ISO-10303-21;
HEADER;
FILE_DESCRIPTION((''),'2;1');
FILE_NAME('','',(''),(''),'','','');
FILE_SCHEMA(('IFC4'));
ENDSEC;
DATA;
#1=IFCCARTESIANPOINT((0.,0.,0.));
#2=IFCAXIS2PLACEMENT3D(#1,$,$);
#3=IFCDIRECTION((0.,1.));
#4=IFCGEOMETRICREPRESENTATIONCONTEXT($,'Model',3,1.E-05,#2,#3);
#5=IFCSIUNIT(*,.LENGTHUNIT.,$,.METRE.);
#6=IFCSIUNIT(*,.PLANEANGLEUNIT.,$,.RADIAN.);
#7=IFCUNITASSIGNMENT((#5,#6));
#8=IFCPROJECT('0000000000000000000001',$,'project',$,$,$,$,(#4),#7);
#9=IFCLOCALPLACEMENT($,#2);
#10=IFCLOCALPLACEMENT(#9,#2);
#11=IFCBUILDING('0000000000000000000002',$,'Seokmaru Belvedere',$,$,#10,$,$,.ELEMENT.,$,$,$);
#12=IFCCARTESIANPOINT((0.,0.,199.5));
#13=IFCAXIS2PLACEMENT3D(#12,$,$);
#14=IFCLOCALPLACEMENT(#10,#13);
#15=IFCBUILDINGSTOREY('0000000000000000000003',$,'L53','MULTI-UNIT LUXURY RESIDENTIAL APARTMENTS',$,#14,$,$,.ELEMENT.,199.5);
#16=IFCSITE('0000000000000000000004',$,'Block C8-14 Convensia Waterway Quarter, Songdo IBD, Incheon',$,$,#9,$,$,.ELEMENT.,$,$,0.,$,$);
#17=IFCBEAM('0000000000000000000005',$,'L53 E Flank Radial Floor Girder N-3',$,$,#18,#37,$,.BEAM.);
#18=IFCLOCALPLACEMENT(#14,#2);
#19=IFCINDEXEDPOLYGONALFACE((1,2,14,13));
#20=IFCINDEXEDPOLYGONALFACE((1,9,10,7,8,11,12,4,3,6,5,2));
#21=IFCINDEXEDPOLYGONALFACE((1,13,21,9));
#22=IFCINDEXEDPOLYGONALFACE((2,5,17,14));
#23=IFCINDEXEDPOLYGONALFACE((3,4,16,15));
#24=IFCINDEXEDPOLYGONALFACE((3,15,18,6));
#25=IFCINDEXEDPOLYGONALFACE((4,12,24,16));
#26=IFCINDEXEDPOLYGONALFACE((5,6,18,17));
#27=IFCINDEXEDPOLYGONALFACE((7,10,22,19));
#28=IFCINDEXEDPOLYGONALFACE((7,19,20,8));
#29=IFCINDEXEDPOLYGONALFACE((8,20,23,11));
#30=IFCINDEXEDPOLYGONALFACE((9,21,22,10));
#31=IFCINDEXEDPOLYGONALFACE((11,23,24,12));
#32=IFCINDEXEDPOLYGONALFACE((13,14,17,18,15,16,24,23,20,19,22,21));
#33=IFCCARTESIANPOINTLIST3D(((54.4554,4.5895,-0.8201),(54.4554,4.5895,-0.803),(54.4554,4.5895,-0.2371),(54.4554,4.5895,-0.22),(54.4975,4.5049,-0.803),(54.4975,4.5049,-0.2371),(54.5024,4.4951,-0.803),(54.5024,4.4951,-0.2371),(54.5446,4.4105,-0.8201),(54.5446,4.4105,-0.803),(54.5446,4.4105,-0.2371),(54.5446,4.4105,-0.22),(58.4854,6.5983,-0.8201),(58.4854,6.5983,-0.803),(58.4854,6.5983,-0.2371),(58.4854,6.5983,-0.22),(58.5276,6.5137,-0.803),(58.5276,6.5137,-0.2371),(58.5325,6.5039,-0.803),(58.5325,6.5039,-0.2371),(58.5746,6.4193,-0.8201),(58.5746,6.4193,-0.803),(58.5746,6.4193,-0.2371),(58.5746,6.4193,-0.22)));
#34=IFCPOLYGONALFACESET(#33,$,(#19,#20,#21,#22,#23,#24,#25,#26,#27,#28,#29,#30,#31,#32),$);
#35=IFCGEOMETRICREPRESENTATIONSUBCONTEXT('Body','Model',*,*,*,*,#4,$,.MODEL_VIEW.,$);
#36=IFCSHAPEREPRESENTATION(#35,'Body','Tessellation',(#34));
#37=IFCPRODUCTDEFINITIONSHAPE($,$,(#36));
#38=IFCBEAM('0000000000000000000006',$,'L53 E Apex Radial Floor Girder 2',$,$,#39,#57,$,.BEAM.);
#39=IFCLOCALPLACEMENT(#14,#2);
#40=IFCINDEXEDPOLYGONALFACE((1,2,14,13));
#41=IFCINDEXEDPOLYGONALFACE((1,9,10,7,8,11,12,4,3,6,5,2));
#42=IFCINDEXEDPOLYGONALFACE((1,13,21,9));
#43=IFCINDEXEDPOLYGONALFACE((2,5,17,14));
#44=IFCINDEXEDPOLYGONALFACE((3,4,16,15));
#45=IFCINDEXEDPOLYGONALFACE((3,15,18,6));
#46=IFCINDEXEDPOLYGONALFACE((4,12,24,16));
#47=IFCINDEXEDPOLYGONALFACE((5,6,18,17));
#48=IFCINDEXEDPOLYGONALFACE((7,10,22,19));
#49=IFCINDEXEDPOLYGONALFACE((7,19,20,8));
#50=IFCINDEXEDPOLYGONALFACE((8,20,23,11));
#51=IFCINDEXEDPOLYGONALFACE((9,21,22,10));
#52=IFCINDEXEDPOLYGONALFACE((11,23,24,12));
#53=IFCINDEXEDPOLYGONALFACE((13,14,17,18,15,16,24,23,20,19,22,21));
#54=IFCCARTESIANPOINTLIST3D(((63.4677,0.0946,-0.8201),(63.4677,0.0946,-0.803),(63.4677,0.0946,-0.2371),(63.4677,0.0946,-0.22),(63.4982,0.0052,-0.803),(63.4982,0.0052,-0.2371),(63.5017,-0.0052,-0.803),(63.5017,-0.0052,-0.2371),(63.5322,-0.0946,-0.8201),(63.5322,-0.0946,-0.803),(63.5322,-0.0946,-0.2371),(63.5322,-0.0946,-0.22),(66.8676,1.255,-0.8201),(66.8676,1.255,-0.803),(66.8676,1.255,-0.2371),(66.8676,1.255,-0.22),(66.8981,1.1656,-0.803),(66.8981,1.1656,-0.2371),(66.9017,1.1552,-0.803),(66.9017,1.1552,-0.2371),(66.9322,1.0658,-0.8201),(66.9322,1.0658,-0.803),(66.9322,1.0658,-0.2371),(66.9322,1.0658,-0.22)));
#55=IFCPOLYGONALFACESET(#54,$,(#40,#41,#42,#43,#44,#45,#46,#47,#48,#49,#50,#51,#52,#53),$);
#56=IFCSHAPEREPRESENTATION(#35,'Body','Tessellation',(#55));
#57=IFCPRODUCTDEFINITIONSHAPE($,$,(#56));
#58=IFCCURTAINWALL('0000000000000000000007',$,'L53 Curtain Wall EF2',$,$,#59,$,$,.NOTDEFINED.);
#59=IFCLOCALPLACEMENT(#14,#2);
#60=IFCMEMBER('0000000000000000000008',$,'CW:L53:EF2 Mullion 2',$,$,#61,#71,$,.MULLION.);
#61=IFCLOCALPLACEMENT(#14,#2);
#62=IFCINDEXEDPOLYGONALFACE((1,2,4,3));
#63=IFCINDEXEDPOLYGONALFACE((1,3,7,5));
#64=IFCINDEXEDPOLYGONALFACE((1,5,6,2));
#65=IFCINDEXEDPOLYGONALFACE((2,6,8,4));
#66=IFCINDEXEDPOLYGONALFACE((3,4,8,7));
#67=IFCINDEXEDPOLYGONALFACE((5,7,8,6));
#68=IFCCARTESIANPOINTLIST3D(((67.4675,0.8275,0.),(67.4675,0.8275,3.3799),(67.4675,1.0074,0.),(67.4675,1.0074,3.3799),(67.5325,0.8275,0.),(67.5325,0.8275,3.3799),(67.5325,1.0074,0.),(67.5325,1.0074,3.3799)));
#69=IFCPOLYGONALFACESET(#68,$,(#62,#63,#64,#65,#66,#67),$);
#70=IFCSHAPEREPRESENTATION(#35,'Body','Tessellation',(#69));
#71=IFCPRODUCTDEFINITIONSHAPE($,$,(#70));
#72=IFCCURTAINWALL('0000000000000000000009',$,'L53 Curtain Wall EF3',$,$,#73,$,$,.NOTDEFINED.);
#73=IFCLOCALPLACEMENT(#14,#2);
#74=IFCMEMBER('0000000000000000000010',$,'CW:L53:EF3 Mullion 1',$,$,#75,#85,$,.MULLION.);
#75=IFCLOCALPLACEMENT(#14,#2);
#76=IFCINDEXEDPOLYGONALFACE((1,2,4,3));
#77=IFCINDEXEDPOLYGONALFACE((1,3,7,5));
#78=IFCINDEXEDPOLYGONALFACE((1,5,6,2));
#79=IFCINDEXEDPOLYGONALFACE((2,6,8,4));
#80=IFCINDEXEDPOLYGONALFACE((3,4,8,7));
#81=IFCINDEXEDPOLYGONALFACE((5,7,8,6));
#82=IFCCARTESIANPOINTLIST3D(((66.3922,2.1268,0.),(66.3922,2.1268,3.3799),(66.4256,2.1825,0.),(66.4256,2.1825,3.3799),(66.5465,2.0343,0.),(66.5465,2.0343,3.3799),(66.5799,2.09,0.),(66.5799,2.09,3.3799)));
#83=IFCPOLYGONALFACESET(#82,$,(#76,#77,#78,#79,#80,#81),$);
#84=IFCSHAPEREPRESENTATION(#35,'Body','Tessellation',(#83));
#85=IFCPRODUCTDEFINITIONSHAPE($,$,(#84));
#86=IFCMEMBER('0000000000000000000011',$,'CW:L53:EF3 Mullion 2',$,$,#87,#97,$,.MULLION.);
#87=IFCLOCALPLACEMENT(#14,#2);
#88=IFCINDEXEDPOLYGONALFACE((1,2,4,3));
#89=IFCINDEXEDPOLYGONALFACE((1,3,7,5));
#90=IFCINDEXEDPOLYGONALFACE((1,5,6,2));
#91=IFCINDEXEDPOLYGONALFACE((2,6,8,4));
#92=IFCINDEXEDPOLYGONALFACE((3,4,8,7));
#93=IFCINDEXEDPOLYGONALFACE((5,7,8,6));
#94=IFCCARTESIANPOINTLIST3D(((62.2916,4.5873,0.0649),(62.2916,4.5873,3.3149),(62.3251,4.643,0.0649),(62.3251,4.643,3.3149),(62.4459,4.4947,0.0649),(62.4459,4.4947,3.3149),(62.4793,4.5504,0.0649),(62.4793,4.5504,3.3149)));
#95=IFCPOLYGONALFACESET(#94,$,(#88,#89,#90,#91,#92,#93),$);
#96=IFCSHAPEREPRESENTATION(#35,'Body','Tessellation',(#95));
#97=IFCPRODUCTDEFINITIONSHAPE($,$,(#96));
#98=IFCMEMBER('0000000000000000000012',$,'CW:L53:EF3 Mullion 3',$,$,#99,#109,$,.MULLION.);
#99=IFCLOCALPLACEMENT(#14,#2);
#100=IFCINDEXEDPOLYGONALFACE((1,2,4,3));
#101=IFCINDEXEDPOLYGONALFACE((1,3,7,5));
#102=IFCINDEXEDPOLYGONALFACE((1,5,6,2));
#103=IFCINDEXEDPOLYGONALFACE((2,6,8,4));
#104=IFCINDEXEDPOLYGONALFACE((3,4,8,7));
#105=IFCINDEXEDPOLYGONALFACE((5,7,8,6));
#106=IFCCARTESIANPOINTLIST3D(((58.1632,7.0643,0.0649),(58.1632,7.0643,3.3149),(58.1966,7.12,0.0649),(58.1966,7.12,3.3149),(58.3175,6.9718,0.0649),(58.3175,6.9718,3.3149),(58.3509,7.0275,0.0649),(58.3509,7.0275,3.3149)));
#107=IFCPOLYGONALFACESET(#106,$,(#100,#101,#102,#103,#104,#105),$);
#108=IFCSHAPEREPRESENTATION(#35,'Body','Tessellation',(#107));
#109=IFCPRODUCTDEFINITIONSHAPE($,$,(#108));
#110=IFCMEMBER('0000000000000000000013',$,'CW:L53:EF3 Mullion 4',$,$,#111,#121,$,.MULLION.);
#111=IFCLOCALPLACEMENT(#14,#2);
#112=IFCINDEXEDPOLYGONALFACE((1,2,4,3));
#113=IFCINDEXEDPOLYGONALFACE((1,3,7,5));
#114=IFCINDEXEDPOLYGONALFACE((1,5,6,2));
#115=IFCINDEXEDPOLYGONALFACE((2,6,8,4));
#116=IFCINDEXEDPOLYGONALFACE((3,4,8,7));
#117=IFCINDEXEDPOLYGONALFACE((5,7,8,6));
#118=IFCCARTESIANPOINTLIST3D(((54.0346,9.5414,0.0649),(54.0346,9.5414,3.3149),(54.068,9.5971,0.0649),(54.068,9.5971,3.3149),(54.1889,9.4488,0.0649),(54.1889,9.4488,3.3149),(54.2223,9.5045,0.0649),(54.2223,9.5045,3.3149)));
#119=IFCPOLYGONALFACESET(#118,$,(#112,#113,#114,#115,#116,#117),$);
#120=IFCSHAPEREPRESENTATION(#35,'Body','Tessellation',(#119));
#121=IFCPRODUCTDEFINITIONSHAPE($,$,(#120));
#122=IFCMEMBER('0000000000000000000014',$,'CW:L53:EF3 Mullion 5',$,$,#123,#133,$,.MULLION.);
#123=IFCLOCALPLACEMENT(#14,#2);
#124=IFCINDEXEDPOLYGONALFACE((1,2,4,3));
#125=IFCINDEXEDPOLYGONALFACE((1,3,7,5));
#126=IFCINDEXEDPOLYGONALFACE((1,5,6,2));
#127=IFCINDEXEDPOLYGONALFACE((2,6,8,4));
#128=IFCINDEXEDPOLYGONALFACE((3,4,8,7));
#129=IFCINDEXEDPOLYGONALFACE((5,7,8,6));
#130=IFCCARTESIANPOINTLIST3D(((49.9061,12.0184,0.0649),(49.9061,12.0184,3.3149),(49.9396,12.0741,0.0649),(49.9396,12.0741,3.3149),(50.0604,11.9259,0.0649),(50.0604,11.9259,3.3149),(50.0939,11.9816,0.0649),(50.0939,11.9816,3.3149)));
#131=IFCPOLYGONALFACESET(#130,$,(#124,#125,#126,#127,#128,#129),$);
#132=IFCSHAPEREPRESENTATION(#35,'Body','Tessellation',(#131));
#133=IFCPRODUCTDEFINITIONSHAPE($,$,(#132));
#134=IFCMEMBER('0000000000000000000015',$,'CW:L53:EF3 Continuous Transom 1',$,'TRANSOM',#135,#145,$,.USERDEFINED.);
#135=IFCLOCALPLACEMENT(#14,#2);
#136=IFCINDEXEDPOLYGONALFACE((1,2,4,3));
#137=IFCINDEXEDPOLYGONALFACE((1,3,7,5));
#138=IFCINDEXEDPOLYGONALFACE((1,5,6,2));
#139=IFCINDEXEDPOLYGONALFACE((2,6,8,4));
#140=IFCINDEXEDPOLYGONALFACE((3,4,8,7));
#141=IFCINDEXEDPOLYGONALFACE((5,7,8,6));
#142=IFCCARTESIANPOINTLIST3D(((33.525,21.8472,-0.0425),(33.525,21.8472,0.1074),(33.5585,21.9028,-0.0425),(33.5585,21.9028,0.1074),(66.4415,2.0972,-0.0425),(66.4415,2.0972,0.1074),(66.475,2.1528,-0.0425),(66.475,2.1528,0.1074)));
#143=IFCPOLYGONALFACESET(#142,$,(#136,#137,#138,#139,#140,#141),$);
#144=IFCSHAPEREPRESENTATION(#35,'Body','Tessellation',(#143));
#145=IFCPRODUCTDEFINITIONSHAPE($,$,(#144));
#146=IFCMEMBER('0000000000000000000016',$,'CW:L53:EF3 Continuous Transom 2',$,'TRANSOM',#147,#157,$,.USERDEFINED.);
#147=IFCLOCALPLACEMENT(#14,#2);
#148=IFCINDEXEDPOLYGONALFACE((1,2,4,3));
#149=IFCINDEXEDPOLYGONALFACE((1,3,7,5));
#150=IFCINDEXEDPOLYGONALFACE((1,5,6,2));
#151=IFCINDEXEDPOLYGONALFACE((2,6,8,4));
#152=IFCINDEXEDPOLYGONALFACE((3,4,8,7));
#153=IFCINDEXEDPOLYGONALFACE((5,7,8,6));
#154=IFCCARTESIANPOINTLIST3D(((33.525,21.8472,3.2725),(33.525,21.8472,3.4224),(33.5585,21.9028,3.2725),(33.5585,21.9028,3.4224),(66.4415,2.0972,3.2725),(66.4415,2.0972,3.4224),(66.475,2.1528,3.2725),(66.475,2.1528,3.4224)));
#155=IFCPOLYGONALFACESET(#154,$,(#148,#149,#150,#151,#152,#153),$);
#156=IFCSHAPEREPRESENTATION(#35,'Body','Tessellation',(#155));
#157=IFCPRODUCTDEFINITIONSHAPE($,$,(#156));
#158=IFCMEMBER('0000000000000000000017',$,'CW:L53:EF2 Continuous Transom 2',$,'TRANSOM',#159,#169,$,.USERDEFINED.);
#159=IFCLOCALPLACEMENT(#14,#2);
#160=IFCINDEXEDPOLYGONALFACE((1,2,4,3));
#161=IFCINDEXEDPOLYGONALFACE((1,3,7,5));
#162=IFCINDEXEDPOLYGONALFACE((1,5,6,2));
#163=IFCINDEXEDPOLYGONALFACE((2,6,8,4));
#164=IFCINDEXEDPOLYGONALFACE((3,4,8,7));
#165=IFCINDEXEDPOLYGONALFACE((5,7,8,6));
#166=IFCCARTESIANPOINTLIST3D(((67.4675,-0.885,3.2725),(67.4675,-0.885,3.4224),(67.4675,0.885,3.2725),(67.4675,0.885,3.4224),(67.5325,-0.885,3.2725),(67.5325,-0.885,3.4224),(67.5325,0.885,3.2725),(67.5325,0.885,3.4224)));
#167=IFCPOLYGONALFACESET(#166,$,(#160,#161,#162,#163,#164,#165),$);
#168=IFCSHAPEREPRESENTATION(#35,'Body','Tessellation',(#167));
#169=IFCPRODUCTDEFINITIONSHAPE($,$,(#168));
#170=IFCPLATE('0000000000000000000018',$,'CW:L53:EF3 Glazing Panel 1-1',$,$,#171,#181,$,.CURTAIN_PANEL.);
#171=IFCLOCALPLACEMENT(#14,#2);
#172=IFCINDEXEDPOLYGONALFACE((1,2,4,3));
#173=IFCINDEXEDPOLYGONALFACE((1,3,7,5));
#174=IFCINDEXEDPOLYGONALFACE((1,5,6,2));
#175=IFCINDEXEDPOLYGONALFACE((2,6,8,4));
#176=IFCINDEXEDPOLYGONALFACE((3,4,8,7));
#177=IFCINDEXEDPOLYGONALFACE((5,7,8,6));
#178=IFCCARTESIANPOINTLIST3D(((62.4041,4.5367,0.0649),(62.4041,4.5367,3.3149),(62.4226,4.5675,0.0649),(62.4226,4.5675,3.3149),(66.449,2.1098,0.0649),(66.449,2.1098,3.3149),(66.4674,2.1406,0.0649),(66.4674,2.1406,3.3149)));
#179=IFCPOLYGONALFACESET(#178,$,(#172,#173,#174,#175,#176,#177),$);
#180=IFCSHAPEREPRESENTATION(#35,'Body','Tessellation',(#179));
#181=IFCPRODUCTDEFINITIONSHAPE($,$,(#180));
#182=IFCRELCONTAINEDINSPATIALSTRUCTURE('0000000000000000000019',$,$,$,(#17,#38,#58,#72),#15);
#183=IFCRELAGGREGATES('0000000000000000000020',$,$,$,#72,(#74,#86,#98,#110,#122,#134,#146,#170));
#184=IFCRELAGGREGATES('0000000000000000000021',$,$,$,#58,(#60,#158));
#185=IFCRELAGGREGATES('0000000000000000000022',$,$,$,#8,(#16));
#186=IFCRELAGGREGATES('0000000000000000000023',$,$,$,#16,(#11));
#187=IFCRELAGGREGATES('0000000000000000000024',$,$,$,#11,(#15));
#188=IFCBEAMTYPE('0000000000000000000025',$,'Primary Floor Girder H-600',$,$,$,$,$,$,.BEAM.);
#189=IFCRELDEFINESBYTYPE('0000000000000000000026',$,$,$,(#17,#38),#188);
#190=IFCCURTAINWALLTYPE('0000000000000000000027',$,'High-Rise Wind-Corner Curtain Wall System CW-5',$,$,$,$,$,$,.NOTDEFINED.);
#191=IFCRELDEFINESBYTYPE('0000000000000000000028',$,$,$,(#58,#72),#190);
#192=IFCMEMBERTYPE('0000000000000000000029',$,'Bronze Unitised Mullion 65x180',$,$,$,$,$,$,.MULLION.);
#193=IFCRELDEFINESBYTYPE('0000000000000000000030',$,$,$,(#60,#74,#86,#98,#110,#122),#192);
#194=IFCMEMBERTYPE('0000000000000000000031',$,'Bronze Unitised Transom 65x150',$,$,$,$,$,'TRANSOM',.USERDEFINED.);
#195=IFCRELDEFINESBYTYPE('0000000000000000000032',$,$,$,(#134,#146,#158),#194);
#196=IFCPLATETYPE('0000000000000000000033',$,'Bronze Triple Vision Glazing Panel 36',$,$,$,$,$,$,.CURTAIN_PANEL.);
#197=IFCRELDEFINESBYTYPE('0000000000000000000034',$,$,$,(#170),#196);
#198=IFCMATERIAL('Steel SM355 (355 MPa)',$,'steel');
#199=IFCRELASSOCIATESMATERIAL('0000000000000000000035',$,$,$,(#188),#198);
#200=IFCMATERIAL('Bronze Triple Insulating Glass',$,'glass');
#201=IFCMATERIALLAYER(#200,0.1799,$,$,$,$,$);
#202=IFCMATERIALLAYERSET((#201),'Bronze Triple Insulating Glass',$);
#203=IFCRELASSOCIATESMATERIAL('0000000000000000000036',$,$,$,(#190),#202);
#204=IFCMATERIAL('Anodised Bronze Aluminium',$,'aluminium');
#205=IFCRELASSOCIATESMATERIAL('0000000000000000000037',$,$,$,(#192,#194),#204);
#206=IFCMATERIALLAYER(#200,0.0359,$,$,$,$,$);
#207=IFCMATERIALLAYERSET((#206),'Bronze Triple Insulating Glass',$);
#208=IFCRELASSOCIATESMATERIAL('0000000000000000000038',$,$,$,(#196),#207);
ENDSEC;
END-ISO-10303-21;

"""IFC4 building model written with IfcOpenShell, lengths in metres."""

from ifc_helpers import new_model, si_unit, direction, frame, origin, origin_2d, place, context, subcontext, project, spatial, rectangle, i_section, extrude, source, transform, mapped, material, layer, layer_set, material_profile, profile_set, type_object, type_shapes, element, aggregate, save


model = new_model("IFC4")

# Units and contexts
model_context = context("Model", 3, precision=1e-05, world=origin(), true_north=direction((0.0, 1.0)))
body_context = subcontext(model_context, "Body", "Model", "MODEL_VIEW")
ifc_project = project(units=[si_unit("LENGTHUNIT", "METRE"), si_unit("PLANEANGLEUNIT", "RADIAN")], contexts=[model_context])

# Site, building, storey
site_placement = place(None, origin())
site = spatial("IfcSite", under=ifc_project, at=site_placement, Name="Block C8-14 Convensia Waterway Quarter, Songdo IBD, Incheon", CompositionType="ELEMENT", RefElevation=0.0)
building_placement = place(site_placement, origin())
building = spatial("IfcBuilding", under=site, at=building_placement, Name="Seokmaru Belvedere", CompositionType="ELEMENT")
storey_placement = place(building_placement, frame((0.0, 0.0, 199.5)))
storey = spatial("IfcBuildingStorey", under=building, at=storey_placement, Name="L53", Description="MULTI-UNIT LUXURY RESIDENTIAL APARTMENTS", CompositionType="ELEMENT", Elevation=199.5)

# Shared definitions
ifc_material_1 = material(Name="Steel SM355 (355 MPa)", Category="steel")

# Beams
ifc_material_profile_1 = material_profile(ifc_material_1, i_section(OverallWidth=0.2, OverallDepth=0.6001, WebThickness=0.011, FlangeThickness=0.0171, at=origin_2d()), Name="H-600x200x11x17")
ifc_profile_set_1 = profile_set([ifc_material_profile_1], Name="Steel SM355 (355 MPa)")
beam_type_1 = type_object("IfcBeamType", Name="Primary Floor Girder H-600", PredefinedType="BEAM", material=ifc_profile_set_1)
shared_shape_1 = source(origin(), body_context, "Body", "SweptSolid", [
    extrude(i_section(OverallWidth=0.2, OverallDepth=0.6001, WebThickness=0.011, FlangeThickness=0.0171, at=origin_2d()), origin(), (0.0, 0.0, 1.0), 4.5029),
])
beam_1_placement = place(storey_placement, frame((58.53, 6.5088, -0.52), z_axis=(-0.89498, -0.446107, 0.0), x_axis=(0.446107, -0.89498, 0.0)))
element("IfcBeam", 1, at=beam_1_placement, inside=storey, type_object=beam_type_1, Name="L53 E Flank Radial Floor Girder N-3", PredefinedType="BEAM", context=body_context, shape_type="MappedRepresentation", body=[
    mapped(shared_shape_1, transform((0.0, 0.0, 0.0), scale=1.0)),
])
shared_shape_2 = source(origin(), body_context, "Body", "SweptSolid", [
    extrude(i_section(OverallWidth=0.2, OverallDepth=0.6001, WebThickness=0.011, FlangeThickness=0.0171, at=origin_2d()), origin(), (0.0, 0.0, 1.0), 3.5925),
])
beam_2_placement = place(storey_placement, frame((66.8999, 1.1604, -0.52), z_axis=(-0.946396, -0.323009, 0.0), x_axis=(0.323009, -0.946396, 0.0)))
element("IfcBeam", 2, at=beam_2_placement, inside=storey, type_object=beam_type_1, Name="L53 E Apex Radial Floor Girder 2", PredefinedType="BEAM", context=body_context, shape_type="MappedRepresentation", body=[
    mapped(shared_shape_2, transform((0.0, 0.0, 0.0), scale=1.0)),
])

# Curtain wall, member
ifc_material_2 = material(Name="Bronze Triple Insulating Glass", Category="glass")
ifc_layer_1 = layer(ifc_material_2, 0.1799)
ifc_layer_set_1 = layer_set([ifc_layer_1], Name="Bronze Triple Insulating Glass")
curtain_wall_type = type_object("IfcCurtainWallType", Name="High-Rise Wind-Corner Curtain Wall System CW-5", PredefinedType="NOTDEFINED", material=ifc_layer_set_1)
curtain_wall_1_placement = place(storey_placement, origin())
curtain_wall_1 = element("IfcCurtainWall", 3, at=curtain_wall_1_placement, inside=storey, type_object=curtain_wall_type, Name="L53 Curtain Wall EF2", PredefinedType="NOTDEFINED")
ifc_material_3 = material(Name="Anodised Bronze Aluminium", Category="aluminium")
ifc_material_profile_2 = material_profile(ifc_material_3, rectangle(XDim=0.0649, YDim=0.1799, at=origin_2d()), Name="CW-M-65x180")
ifc_profile_set_2 = profile_set([ifc_material_profile_2], Name="Anodised Bronze Aluminium")
member_type_1 = type_object("IfcMemberType", Name="Bronze Unitised Mullion 65x180", PredefinedType="MULLION", material=ifc_profile_set_2)
shared_shape_3 = source(origin(), body_context, "Body", "SweptSolid", [
    extrude(rectangle(XDim=0.0649, YDim=0.1799, at=origin_2d()), origin(), (0.0, 0.0, 1.0), 3.3799),
])
member_1_placement = place(storey_placement, frame((67.5, 0.9175, 0.0), z_axis=(0.0, 0.0, 1.0), x_axis=(-1.0, 0.0, 0.0)))
member_1 = element("IfcMember", 4, at=member_1_placement, type_object=member_type_1, Name="CW:L53:EF2 Mullion 2", PredefinedType="MULLION", context=body_context, shape_type="MappedRepresentation", body=[
    mapped(shared_shape_3, transform((0.0, 0.0, 0.0), scale=1.0)),
])

# Curtain wall, members
curtain_wall_2_placement = place(storey_placement, origin())
curtain_wall_2 = element("IfcCurtainWall", 5, at=curtain_wall_2_placement, inside=storey, type_object=curtain_wall_type, Name="L53 Curtain Wall EF3", PredefinedType="NOTDEFINED")
member_2_placement = place(storey_placement, frame((66.4861, 2.1084, 0.0), z_axis=(0.0, 0.0, 1.0), x_axis=(-0.514495, -0.857493, 0.0)))
member_2 = element("IfcMember", 6, at=member_2_placement, type_object=member_type_1, Name="CW:L53:EF3 Mullion 1", PredefinedType="MULLION", context=body_context, shape_type="MappedRepresentation", body=[
    mapped(shared_shape_3, transform((0.0, 0.0, 0.0), scale=1.0)),
])
shared_shape_4 = source(origin(), body_context, "Body", "SweptSolid", [
    extrude(rectangle(XDim=0.0649, YDim=0.1799, at=origin_2d()), origin(), (0.0, 0.0, 1.0), 3.25),
])
type_shapes(member_type_1, [shared_shape_3, shared_shape_4])
member_3_placement = place(storey_placement, frame((62.3855, 4.5688, 0.0649), z_axis=(0.0, 0.0, 1.0), x_axis=(-0.514495, -0.857493, 0.0)))
member_3 = element("IfcMember", 7, at=member_3_placement, type_object=member_type_1, Name="CW:L53:EF3 Mullion 2", PredefinedType="MULLION", context=body_context, shape_type="MappedRepresentation", body=[
    mapped(shared_shape_4, transform((0.0, 0.0, 0.0), scale=1.0)),
])
member_4_placement = place(storey_placement, frame((58.2571, 7.0459, 0.0649), z_axis=(0.0, 0.0, 1.0), x_axis=(-0.514495, -0.857493, 0.0)))
member_4 = element("IfcMember", 8, at=member_4_placement, type_object=member_type_1, Name="CW:L53:EF3 Mullion 3", PredefinedType="MULLION", context=body_context, shape_type="MappedRepresentation", body=[
    mapped(shared_shape_4, transform((0.0, 0.0, 0.0), scale=1.0)),
])
member_5_placement = place(storey_placement, frame((54.1284, 9.5229, 0.0649), z_axis=(0.0, 0.0, 1.0), x_axis=(-0.514495, -0.857493, 0.0)))
member_5 = element("IfcMember", 9, at=member_5_placement, type_object=member_type_1, Name="CW:L53:EF3 Mullion 4", PredefinedType="MULLION", context=body_context, shape_type="MappedRepresentation", body=[
    mapped(shared_shape_4, transform((0.0, 0.0, 0.0), scale=1.0)),
])
member_6_placement = place(storey_placement, frame((50.0, 12.0, 0.0649), z_axis=(0.0, 0.0, 1.0), x_axis=(-0.514495, -0.857493, 0.0)))
member_6 = element("IfcMember", 10, at=member_6_placement, type_object=member_type_1, Name="CW:L53:EF3 Mullion 5", PredefinedType="MULLION", context=body_context, shape_type="MappedRepresentation", body=[
    mapped(shared_shape_4, transform((0.0, 0.0, 0.0), scale=1.0)),
])
ifc_material_profile_3 = material_profile(ifc_material_3, rectangle(XDim=0.0649, YDim=0.1499, at=origin_2d()), Name="CW-T-65x150")
ifc_profile_set_3 = profile_set([ifc_material_profile_3], Name="Anodised Bronze Aluminium")
member_type_2 = type_object("IfcMemberType", Name="Bronze Unitised Transom 65x150", ElementType="TRANSOM", PredefinedType="USERDEFINED", material=ifc_profile_set_3)
shared_shape_5 = source(origin(), body_context, "Body", "SweptSolid", [
    extrude(rectangle(XDim=0.0649, YDim=0.1499, at=origin_2d()), origin(), (0.0, 0.0, 1.0), 38.387),
])
member_7_placement = place(storey_placement, frame((66.4583, 2.125, 0.0325), z_axis=(-0.857492, 0.514498, 0.0), x_axis=(-0.514498, -0.857492, 0.0)))
member_7 = element("IfcMember", 11, at=member_7_placement, type_object=member_type_2, Name="CW:L53:EF3 Continuous Transom 1", ObjectType="TRANSOM", PredefinedType="USERDEFINED", context=body_context, shape_type="MappedRepresentation", body=[
    mapped(shared_shape_5, transform((0.0, 0.0, 0.0), scale=1.0)),
])
member_8_placement = place(storey_placement, frame((66.4583, 2.125, 3.3474), z_axis=(-0.857492, 0.514498, 0.0), x_axis=(-0.514498, -0.857492, 0.0)))
member_8 = element("IfcMember", 12, at=member_8_placement, type_object=member_type_2, Name="CW:L53:EF3 Continuous Transom 2", ObjectType="TRANSOM", PredefinedType="USERDEFINED", context=body_context, shape_type="MappedRepresentation", body=[
    mapped(shared_shape_5, transform((0.0, 0.0, 0.0), scale=1.0)),
])

# Member
shared_shape_6 = source(origin(), body_context, "Body", "SweptSolid", [
    extrude(rectangle(XDim=0.0649, YDim=0.1499, at=origin_2d()), origin(), (0.0, 0.0, 1.0), 1.77),
])
type_shapes(member_type_2, [shared_shape_5, shared_shape_6])
member_9_placement = place(storey_placement, frame((67.5, -0.885, 3.3474), z_axis=(0.0, 1.0, 0.0), x_axis=(-1.0, 0.0, 0.0)))
member_9 = element("IfcMember", 13, at=member_9_placement, type_object=member_type_2, Name="CW:L53:EF2 Continuous Transom 2", ObjectType="TRANSOM", PredefinedType="USERDEFINED", context=body_context, shape_type="MappedRepresentation", body=[
    mapped(shared_shape_6, transform((0.0, 0.0, 0.0), scale=1.0)),
])

# Plate
ifc_layer_2 = layer(ifc_material_2, 0.0359)
ifc_layer_set_2 = layer_set([ifc_layer_2], Name="Bronze Triple Insulating Glass")
plate_type = type_object("IfcPlateType", Name="Bronze Triple Vision Glazing Panel 36", PredefinedType="CURTAIN_PANEL", material=ifc_layer_set_2)
shared_shape_7 = source(origin(), body_context, "Body", "SweptSolid", [
    extrude(rectangle(XDim=4.717, YDim=0.0359, at=origin_2d()), origin(), (0.0, 0.0, 1.0), 3.25),
])
plate_1_placement = place(storey_placement, frame((64.4358, 3.3386, 0.0649), z_axis=(0.0, 0.0, 1.0), x_axis=(-0.857493, 0.514495, 0.0)))
plate_1 = element("IfcPlate", 14, at=plate_1_placement, type_object=plate_type, Name="CW:L53:EF3 Glazing Panel 1-1", PredefinedType="CURTAIN_PANEL", context=body_context, shape_type="MappedRepresentation", body=[
    mapped(shared_shape_7, transform((0.0, 0.0, 0.0), scale=1.0)),
])
aggregate(curtain_wall_2, [member_2, member_3, member_4, member_5, member_6, member_7, member_8, plate_1])
aggregate(curtain_wall_1, [member_1, member_9])

save(model, "model.ifc")
